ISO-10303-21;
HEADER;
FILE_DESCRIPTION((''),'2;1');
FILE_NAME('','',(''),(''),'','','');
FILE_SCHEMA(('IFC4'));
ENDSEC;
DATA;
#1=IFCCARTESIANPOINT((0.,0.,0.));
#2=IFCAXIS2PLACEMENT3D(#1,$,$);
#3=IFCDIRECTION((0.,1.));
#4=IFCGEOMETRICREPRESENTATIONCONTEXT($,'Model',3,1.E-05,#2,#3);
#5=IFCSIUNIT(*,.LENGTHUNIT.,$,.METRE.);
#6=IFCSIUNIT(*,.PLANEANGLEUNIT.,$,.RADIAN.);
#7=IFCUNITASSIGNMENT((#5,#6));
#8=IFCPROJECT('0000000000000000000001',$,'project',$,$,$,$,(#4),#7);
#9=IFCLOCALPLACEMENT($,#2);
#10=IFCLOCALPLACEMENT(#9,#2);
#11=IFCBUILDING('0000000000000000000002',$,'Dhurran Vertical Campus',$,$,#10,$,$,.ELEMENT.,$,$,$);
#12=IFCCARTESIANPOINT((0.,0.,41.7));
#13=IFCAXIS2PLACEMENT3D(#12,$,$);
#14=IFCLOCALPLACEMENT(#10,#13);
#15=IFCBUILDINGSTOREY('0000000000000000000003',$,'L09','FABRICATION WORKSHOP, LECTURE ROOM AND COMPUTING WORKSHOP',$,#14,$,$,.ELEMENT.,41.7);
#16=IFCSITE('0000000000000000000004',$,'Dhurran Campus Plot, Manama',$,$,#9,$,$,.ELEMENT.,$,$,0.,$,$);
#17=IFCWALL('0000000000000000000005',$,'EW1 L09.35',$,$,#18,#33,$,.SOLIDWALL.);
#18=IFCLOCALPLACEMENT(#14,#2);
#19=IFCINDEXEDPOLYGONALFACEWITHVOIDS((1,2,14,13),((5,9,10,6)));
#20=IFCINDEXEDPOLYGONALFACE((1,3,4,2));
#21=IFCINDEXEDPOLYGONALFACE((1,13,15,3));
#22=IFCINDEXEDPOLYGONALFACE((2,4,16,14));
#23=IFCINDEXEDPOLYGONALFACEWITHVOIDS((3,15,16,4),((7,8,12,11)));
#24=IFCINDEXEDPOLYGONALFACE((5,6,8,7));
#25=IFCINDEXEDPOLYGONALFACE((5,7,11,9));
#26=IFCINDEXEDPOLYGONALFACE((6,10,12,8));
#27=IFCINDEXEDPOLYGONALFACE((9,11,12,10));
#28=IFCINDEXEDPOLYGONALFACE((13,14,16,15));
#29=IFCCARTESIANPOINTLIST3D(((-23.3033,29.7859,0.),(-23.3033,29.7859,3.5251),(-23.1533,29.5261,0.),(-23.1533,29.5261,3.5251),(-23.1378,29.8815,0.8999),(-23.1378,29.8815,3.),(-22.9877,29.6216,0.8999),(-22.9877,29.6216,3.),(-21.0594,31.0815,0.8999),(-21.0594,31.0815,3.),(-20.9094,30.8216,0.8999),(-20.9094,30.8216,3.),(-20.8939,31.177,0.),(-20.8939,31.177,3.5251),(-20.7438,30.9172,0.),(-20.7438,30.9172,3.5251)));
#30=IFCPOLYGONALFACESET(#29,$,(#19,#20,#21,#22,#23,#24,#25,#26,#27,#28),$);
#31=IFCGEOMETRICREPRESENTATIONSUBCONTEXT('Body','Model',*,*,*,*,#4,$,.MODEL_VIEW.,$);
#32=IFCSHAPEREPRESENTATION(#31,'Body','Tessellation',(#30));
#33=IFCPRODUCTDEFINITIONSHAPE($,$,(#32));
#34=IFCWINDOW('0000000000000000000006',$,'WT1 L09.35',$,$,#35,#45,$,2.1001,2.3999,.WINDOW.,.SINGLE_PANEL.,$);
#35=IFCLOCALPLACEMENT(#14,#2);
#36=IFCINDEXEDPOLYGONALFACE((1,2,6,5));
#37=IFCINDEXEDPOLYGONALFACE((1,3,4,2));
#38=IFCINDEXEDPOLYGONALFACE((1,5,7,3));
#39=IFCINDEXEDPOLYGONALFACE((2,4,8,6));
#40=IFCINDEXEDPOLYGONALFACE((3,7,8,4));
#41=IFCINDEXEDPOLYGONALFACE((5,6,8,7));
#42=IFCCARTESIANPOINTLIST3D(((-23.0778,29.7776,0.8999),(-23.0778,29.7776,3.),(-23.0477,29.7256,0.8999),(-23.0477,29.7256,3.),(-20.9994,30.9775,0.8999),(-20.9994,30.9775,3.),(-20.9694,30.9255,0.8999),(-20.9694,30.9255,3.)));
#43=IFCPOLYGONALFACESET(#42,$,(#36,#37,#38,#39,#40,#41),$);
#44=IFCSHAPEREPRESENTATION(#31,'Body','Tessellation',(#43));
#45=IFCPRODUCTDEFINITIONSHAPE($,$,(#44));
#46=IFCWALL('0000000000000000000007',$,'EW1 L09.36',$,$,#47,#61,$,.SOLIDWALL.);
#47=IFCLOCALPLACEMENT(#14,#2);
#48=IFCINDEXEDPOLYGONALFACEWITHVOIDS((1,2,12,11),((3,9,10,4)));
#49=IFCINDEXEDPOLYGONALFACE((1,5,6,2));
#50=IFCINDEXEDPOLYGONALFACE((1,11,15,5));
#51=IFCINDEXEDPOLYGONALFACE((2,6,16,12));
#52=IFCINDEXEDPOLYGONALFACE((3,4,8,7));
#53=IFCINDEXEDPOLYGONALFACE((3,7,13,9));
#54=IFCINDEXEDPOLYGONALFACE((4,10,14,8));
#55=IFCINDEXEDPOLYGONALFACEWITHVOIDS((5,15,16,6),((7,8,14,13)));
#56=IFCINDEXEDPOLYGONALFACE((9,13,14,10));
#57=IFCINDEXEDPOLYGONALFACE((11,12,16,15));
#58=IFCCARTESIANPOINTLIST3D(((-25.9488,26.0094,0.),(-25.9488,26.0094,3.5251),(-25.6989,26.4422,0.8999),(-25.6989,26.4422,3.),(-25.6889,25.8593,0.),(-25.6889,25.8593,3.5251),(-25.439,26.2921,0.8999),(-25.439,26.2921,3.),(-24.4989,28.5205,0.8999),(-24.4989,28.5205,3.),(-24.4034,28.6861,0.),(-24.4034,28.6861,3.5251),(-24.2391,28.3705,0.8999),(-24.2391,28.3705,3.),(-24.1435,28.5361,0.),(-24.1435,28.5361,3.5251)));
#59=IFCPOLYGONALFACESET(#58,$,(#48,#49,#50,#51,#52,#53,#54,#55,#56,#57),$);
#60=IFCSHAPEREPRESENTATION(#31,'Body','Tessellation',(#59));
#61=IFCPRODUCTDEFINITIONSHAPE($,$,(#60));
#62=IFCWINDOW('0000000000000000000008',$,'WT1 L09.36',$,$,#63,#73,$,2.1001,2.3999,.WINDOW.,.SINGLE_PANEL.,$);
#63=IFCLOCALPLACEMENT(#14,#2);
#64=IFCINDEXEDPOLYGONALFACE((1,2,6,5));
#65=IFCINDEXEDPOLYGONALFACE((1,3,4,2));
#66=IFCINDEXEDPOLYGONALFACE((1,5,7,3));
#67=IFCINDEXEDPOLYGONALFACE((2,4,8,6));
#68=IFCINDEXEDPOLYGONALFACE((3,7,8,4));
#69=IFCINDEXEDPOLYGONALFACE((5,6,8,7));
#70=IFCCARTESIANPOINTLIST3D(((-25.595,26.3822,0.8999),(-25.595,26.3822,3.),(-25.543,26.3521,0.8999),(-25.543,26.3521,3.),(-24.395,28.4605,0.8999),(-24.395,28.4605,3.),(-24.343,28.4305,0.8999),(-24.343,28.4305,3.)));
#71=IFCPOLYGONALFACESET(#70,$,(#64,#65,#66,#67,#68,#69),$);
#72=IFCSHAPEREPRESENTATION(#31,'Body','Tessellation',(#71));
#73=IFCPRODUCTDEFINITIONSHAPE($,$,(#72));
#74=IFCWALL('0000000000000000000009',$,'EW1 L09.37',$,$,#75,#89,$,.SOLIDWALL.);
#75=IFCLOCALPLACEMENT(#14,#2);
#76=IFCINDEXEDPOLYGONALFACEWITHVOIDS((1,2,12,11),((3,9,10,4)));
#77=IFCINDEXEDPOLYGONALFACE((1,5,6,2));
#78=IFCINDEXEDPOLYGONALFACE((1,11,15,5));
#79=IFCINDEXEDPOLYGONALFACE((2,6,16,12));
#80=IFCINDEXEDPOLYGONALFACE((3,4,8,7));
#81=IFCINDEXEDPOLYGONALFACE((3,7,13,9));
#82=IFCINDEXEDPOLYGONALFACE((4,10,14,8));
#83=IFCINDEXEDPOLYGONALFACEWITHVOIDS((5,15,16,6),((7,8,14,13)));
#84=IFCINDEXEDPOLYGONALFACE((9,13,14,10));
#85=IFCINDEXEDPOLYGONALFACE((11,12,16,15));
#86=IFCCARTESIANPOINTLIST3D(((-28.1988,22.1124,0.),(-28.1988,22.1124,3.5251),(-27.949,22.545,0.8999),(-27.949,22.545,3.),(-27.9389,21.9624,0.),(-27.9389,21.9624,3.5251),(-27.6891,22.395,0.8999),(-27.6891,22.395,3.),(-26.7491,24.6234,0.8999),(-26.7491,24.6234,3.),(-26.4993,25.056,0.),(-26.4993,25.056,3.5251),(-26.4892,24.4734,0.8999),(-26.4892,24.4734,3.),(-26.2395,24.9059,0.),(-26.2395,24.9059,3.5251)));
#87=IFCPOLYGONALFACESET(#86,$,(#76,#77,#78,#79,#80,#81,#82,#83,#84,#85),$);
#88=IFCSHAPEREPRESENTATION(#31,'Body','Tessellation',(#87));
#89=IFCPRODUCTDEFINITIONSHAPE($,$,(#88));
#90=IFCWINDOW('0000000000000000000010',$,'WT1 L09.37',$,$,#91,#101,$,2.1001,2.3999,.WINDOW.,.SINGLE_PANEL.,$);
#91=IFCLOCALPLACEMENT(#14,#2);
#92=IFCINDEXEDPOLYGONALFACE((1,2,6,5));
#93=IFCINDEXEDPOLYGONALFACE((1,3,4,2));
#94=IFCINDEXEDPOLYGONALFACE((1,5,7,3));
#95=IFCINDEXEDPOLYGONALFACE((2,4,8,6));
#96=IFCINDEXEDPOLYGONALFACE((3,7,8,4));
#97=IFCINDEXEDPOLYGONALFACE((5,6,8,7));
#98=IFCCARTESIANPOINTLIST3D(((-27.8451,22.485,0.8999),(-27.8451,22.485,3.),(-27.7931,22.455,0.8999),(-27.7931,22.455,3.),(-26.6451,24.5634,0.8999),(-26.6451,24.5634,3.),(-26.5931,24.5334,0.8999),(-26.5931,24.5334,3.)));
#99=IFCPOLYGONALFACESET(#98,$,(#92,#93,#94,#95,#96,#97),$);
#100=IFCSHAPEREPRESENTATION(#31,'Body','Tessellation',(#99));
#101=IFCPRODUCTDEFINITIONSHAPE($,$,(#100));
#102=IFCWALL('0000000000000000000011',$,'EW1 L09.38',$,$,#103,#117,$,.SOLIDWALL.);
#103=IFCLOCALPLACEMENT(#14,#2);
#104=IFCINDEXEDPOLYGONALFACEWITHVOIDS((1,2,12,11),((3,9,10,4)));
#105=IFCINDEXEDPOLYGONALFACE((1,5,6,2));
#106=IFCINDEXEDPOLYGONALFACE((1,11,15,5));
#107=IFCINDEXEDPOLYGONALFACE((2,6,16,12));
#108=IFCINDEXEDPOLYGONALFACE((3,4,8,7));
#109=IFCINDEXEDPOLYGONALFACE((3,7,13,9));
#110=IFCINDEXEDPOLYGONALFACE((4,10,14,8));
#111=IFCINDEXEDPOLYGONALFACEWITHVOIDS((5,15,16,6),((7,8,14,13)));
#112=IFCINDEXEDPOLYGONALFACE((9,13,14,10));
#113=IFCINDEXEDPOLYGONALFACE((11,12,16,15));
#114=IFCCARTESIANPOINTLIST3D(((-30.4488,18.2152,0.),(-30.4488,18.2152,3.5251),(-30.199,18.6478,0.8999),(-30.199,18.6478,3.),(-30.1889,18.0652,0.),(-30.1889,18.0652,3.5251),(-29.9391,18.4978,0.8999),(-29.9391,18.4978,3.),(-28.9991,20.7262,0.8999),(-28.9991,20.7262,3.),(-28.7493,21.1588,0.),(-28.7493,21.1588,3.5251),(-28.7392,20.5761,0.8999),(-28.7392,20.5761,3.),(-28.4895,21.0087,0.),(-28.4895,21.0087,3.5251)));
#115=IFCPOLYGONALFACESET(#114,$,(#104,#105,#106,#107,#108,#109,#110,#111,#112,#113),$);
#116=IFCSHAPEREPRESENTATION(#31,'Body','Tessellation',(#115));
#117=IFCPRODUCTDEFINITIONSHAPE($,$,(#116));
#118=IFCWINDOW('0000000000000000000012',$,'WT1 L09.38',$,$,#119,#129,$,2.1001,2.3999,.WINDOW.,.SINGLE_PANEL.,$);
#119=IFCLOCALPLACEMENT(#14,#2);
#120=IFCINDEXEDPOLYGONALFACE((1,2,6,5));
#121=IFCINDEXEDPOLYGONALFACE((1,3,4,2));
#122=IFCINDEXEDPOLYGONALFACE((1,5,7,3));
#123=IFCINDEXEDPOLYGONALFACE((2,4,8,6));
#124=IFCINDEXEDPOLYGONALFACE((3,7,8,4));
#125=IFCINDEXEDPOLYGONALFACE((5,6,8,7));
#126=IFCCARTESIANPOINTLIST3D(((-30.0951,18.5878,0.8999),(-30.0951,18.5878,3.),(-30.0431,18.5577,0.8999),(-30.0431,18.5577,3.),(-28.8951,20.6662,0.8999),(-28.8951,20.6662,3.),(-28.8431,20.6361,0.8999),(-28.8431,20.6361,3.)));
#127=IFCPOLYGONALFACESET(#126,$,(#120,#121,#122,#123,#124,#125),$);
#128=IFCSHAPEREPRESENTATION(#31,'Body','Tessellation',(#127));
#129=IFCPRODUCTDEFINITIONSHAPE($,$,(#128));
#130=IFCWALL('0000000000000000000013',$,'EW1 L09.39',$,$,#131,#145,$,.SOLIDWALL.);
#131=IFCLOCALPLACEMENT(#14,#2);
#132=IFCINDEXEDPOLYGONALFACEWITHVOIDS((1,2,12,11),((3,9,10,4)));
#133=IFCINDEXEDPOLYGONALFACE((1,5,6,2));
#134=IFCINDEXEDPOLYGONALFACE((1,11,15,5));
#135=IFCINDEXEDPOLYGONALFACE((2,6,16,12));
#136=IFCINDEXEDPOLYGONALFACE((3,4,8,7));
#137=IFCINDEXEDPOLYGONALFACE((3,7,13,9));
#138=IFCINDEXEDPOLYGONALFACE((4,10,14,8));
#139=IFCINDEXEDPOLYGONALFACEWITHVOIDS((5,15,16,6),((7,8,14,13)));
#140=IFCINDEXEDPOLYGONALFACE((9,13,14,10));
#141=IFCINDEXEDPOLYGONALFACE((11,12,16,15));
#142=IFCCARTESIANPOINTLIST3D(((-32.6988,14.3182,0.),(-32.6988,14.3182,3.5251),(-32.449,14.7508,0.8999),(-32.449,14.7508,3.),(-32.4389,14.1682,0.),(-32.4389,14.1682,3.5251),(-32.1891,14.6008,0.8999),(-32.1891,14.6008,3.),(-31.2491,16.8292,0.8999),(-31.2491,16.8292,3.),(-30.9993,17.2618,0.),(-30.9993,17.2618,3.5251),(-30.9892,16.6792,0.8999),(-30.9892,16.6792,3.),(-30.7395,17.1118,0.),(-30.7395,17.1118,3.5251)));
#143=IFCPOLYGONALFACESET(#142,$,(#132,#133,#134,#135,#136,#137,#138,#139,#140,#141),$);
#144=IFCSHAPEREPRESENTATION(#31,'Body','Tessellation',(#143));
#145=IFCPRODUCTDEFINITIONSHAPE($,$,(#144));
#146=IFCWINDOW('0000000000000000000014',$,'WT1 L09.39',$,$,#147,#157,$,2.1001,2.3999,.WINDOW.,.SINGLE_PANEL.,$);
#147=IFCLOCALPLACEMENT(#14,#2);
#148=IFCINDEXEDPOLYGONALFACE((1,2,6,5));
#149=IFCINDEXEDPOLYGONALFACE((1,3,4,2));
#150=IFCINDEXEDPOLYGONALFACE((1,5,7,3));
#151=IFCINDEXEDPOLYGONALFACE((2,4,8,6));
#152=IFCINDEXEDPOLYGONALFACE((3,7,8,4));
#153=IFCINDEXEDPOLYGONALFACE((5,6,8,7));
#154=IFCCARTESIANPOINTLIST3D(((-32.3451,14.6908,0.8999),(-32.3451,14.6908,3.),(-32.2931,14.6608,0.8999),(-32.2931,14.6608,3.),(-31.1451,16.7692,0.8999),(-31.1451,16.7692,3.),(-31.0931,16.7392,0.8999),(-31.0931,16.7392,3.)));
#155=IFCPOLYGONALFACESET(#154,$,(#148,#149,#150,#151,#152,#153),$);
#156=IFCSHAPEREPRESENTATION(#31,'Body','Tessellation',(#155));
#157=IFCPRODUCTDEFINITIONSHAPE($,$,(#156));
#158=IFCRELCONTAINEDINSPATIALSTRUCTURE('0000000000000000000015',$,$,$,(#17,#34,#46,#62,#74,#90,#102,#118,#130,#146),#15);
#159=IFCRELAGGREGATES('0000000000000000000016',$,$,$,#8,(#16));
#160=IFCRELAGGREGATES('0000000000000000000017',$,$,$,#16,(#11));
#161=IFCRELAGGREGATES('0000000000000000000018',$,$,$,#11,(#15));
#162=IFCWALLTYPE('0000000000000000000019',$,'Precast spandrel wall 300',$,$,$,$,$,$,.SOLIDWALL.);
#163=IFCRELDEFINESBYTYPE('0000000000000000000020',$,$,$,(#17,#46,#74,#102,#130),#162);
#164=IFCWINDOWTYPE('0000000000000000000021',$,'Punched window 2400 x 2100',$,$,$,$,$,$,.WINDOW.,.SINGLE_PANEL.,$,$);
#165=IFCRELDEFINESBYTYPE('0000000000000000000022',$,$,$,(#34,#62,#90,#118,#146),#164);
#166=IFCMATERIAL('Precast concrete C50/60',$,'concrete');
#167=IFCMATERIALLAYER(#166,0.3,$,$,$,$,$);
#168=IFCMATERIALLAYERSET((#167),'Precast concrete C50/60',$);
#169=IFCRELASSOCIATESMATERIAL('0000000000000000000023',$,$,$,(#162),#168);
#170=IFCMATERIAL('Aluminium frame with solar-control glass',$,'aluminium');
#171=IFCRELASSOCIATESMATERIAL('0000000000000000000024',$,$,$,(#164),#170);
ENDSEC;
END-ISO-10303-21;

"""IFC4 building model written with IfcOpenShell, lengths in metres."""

from ifc_helpers import new_model, si_unit, direction, frame, frame_2d, origin, place, context, subcontext, project, spatial, rectangle, extrude, material, layer, layer_set, type_object, element, fill, save


model = new_model("IFC4")

# Units and contexts
model_context = context("Model", 3, precision=1e-05, world=origin(), true_north=direction((0.0, 1.0)))
body_context = subcontext(model_context, "Body", "Model", "MODEL_VIEW")
ifc_project = project(units=[si_unit("LENGTHUNIT", "METRE"), si_unit("PLANEANGLEUNIT", "RADIAN")], contexts=[model_context])

# Site, building, storey
site_placement = place(None, origin())
site = spatial("IfcSite", under=ifc_project, at=site_placement, Name="Dhurran Campus Plot, Manama", CompositionType="ELEMENT", RefElevation=0.0)
building_placement = place(site_placement, origin())
building = spatial("IfcBuilding", under=site, at=building_placement, Name="Dhurran Vertical Campus", CompositionType="ELEMENT")
storey_placement = place(building_placement, frame((0.0, 0.0, 41.7)))
storey = spatial("IfcBuildingStorey", under=building, at=storey_placement, Name="L09", Description="FABRICATION WORKSHOP, LECTURE ROOM AND COMPUTING WORKSHOP", CompositionType="ELEMENT", Elevation=41.7)

# Walls, openings, windows
ifc_material_1 = material(Name="Precast concrete C50/60", Category="concrete")
ifc_layer_1 = layer(ifc_material_1, 0.3)
ifc_layer_set_1 = layer_set([ifc_layer_1], Name="Precast concrete C50/60")
wall_type_1 = type_object("IfcWallType", Name="Precast spandrel wall 300", PredefinedType="SOLIDWALL", material=ifc_layer_set_1)
ifc_material_2 = material(Name="Aluminium frame with solar-control glass", Category="aluminium")
window_type = type_object("IfcWindowType", Name="Punched window 2400 x 2100", PartitioningType="SINGLE_PANEL", PredefinedType="WINDOW", material=ifc_material_2)
wall_1_placement = place(storey_placement, frame((-20.8188, 31.0471, 0.0), z_axis=(0.0, 0.0, 1.0), x_axis=(-0.86602, -0.500009, 0.0)))
wall_1 = element("IfcWall", 1, at=wall_1_placement, inside=storey, type_object=wall_type_1, Name="EW1 L09.35", PredefinedType="SOLIDWALL", context=body_context, shape_type="SweptSolid", body=[
    extrude(rectangle(XDim=2.7822, YDim=0.3, at=frame_2d((1.3911, 0.0))), origin(), (0.0, 0.0, 1.0), 3.5251),
])
opening_1_placement = place(wall_1_placement, frame((0.1912, 0.0, 0.8999)))
opening_1 = element("IfcOpeningElement", 2, at=opening_1_placement, cuts=wall_1, PredefinedType="OPENING", context=body_context, shape_type="SweptSolid", body=[
    extrude(rectangle(XDim=2.3999, YDim=2.1001, at=frame_2d((1.2, 1.05))), frame((0.0, 0.1599, 0.0), z_axis=(0.0, -1.0, 0.0), x_axis=(1.0, 0.0, 0.0)), (0.0, 0.0, 1.0), 0.3201),
])
window_1_placement = place(opening_1_placement, origin())
window_1 = element("IfcWindow", 3, at=window_1_placement, inside=storey, type_object=window_type, Name="WT1 L09.35", OverallHeight=2.1001, OverallWidth=2.3999, PartitioningType="SINGLE_PANEL", PredefinedType="WINDOW", context=body_context, shape_type="SweptSolid", body=[
    extrude(rectangle(XDim=2.3999, YDim=2.1001, at=frame_2d((1.2, 1.05))), frame((0.0, 0.03, 0.0), z_axis=(0.0, -1.0, 0.0), x_axis=(1.0, 0.0, 0.0)), (0.0, 0.0, 1.0), 0.0601),
])
fill(opening_1, window_1)
wall_2_placement = place(storey_placement, frame((-24.2734, 28.6111, 0.0), z_axis=(0.0, 0.0, 1.0), x_axis=(-0.499996, -0.866028, 0.0)))
wall_2 = element("IfcWall", 4, at=wall_2_placement, inside=storey, type_object=wall_type_1, Name="EW1 L09.36", PredefinedType="SOLIDWALL", context=body_context, shape_type="SweptSolid", body=[
    extrude(rectangle(XDim=3.0908, YDim=0.3, at=frame_2d((1.5454, 0.0))), origin(), (0.0, 0.0, 1.0), 3.5251),
])
opening_2_placement = place(wall_2_placement, frame((0.1912, 0.0, 0.8999)))
opening_2 = element("IfcOpeningElement", 5, at=opening_2_placement, cuts=wall_2, PredefinedType="OPENING", context=body_context, shape_type="SweptSolid", body=[
    extrude(rectangle(XDim=2.3999, YDim=2.1001, at=frame_2d((1.2, 1.05))), frame((0.0, 0.1599, 0.0), z_axis=(0.0, -1.0, 0.0), x_axis=(1.0, 0.0, 0.0)), (0.0, 0.0, 1.0), 0.3201),
])
window_2_placement = place(opening_2_placement, origin())
window_2 = element("IfcWindow", 6, at=window_2_placement, inside=storey, type_object=window_type, Name="WT1 L09.36", OverallHeight=2.1001, OverallWidth=2.3999, PartitioningType="SINGLE_PANEL", PredefinedType="WINDOW", context=body_context, shape_type="SweptSolid", body=[
    extrude(rectangle(XDim=2.3999, YDim=2.1001, at=frame_2d((1.2, 1.05))), frame((0.0, 0.03, 0.0), z_axis=(0.0, -1.0, 0.0), x_axis=(1.0, 0.0, 0.0)), (0.0, 0.0, 1.0), 0.0601),
])
fill(opening_2, window_2)
wall_3_placement = place(storey_placement, frame((-26.3694, 24.981, 0.0), z_axis=(0.0, 0.0, 1.0), x_axis=(-0.499994, -0.866029, 0.0)))
wall_3 = element("IfcWall", 7, at=wall_3_placement, inside=storey, type_object=wall_type_1, Name="EW1 L09.37", PredefinedType="SOLIDWALL", context=body_context, shape_type="SweptSolid", body=[
    extrude(rectangle(XDim=3.3989, YDim=0.3, at=frame_2d((1.6995, 0.0))), origin(), (0.0, 0.0, 1.0), 3.5251),
])
opening_3_placement = place(wall_3_placement, frame((0.4995, 0.0, 0.8999)))
opening_3 = element("IfcOpeningElement", 8, at=opening_3_placement, cuts=wall_3, PredefinedType="OPENING", context=body_context, shape_type="SweptSolid", body=[
    extrude(rectangle(XDim=2.3999, YDim=2.1001, at=frame_2d((1.2, 1.05))), frame((0.0, 0.1599, 0.0), z_axis=(0.0, -1.0, 0.0), x_axis=(1.0, 0.0, 0.0)), (0.0, 0.0, 1.0), 0.3201),
])
window_3_placement = place(opening_3_placement, origin())
window_3 = element("IfcWindow", 9, at=window_3_placement, inside=storey, type_object=window_type, Name="WT1 L09.37", OverallHeight=2.1001, OverallWidth=2.3999, PartitioningType="SINGLE_PANEL", PredefinedType="WINDOW", context=body_context, shape_type="SweptSolid", body=[
    extrude(rectangle(XDim=2.3999, YDim=2.1001, at=frame_2d((1.2, 1.05))), frame((0.0, 0.03, 0.0), z_axis=(0.0, -1.0, 0.0), x_axis=(1.0, 0.0, 0.0)), (0.0, 0.0, 1.0), 0.0601),
])
fill(opening_3, window_3)
wall_4_placement = place(storey_placement, frame((-28.6194, 21.0837, 0.0), z_axis=(0.0, 0.0, 1.0), x_axis=(-0.499994, -0.866029, 0.0)))
wall_4 = element("IfcWall", 10, at=wall_4_placement, inside=storey, type_object=wall_type_1, Name="EW1 L09.38", PredefinedType="SOLIDWALL", context=body_context, shape_type="SweptSolid", body=[
    extrude(rectangle(XDim=3.3989, YDim=0.3, at=frame_2d((1.6995, 0.0))), origin(), (0.0, 0.0, 1.0), 3.5251),
])
opening_4_placement = place(wall_4_placement, frame((0.4995, 0.0, 0.8999)))
opening_4 = element("IfcOpeningElement", 11, at=opening_4_placement, cuts=wall_4, PredefinedType="OPENING", context=body_context, shape_type="SweptSolid", body=[
    extrude(rectangle(XDim=2.3999, YDim=2.1001, at=frame_2d((1.2, 1.05))), frame((0.0, 0.1599, 0.0), z_axis=(0.0, -1.0, 0.0), x_axis=(1.0, 0.0, 0.0)), (0.0, 0.0, 1.0), 0.3201),
])
window_4_placement = place(opening_4_placement, origin())
window_4 = element("IfcWindow", 12, at=window_4_placement, inside=storey, type_object=window_type, Name="WT1 L09.38", OverallHeight=2.1001, OverallWidth=2.3999, PartitioningType="SINGLE_PANEL", PredefinedType="WINDOW", context=body_context, shape_type="SweptSolid", body=[
    extrude(rectangle(XDim=2.3999, YDim=2.1001, at=frame_2d((1.2, 1.05))), frame((0.0, 0.03, 0.0), z_axis=(0.0, -1.0, 0.0), x_axis=(1.0, 0.0, 0.0)), (0.0, 0.0, 1.0), 0.0601),
])
fill(opening_4, window_4)
wall_5_placement = place(storey_placement, frame((-30.8694, 17.1868, 0.0), z_axis=(0.0, 0.0, 1.0), x_axis=(-0.499994, -0.866029, 0.0)))
wall_5 = element("IfcWall", 13, at=wall_5_placement, inside=storey, type_object=wall_type_1, Name="EW1 L09.39", PredefinedType="SOLIDWALL", context=body_context, shape_type="SweptSolid", body=[
    extrude(rectangle(XDim=3.3989, YDim=0.3, at=frame_2d((1.6995, 0.0))), origin(), (0.0, 0.0, 1.0), 3.5251),
])
opening_5_placement = place(wall_5_placement, frame((0.4995, 0.0, 0.8999)))
opening_5 = element("IfcOpeningElement", 14, at=opening_5_placement, cuts=wall_5, PredefinedType="OPENING", context=body_context, shape_type="SweptSolid", body=[
    extrude(rectangle(XDim=2.3999, YDim=2.1001, at=frame_2d((1.2, 1.05))), frame((0.0, 0.1599, 0.0), z_axis=(0.0, -1.0, 0.0), x_axis=(1.0, 0.0, 0.0)), (0.0, 0.0, 1.0), 0.3201),
])
window_5_placement = place(opening_5_placement, origin())
window_5 = element("IfcWindow", 15, at=window_5_placement, inside=storey, type_object=window_type, Name="WT1 L09.39", OverallHeight=2.1001, OverallWidth=2.3999, PartitioningType="SINGLE_PANEL", PredefinedType="WINDOW", context=body_context, shape_type="SweptSolid", body=[
    extrude(rectangle(XDim=2.3999, YDim=2.1001, at=frame_2d((1.2, 1.05))), frame((0.0, 0.03, 0.0), z_axis=(0.0, -1.0, 0.0), x_axis=(1.0, 0.0, 0.0)), (0.0, 0.0, 1.0), 0.0601),
])
fill(opening_5, window_5)

save(model, "model.ifc")
